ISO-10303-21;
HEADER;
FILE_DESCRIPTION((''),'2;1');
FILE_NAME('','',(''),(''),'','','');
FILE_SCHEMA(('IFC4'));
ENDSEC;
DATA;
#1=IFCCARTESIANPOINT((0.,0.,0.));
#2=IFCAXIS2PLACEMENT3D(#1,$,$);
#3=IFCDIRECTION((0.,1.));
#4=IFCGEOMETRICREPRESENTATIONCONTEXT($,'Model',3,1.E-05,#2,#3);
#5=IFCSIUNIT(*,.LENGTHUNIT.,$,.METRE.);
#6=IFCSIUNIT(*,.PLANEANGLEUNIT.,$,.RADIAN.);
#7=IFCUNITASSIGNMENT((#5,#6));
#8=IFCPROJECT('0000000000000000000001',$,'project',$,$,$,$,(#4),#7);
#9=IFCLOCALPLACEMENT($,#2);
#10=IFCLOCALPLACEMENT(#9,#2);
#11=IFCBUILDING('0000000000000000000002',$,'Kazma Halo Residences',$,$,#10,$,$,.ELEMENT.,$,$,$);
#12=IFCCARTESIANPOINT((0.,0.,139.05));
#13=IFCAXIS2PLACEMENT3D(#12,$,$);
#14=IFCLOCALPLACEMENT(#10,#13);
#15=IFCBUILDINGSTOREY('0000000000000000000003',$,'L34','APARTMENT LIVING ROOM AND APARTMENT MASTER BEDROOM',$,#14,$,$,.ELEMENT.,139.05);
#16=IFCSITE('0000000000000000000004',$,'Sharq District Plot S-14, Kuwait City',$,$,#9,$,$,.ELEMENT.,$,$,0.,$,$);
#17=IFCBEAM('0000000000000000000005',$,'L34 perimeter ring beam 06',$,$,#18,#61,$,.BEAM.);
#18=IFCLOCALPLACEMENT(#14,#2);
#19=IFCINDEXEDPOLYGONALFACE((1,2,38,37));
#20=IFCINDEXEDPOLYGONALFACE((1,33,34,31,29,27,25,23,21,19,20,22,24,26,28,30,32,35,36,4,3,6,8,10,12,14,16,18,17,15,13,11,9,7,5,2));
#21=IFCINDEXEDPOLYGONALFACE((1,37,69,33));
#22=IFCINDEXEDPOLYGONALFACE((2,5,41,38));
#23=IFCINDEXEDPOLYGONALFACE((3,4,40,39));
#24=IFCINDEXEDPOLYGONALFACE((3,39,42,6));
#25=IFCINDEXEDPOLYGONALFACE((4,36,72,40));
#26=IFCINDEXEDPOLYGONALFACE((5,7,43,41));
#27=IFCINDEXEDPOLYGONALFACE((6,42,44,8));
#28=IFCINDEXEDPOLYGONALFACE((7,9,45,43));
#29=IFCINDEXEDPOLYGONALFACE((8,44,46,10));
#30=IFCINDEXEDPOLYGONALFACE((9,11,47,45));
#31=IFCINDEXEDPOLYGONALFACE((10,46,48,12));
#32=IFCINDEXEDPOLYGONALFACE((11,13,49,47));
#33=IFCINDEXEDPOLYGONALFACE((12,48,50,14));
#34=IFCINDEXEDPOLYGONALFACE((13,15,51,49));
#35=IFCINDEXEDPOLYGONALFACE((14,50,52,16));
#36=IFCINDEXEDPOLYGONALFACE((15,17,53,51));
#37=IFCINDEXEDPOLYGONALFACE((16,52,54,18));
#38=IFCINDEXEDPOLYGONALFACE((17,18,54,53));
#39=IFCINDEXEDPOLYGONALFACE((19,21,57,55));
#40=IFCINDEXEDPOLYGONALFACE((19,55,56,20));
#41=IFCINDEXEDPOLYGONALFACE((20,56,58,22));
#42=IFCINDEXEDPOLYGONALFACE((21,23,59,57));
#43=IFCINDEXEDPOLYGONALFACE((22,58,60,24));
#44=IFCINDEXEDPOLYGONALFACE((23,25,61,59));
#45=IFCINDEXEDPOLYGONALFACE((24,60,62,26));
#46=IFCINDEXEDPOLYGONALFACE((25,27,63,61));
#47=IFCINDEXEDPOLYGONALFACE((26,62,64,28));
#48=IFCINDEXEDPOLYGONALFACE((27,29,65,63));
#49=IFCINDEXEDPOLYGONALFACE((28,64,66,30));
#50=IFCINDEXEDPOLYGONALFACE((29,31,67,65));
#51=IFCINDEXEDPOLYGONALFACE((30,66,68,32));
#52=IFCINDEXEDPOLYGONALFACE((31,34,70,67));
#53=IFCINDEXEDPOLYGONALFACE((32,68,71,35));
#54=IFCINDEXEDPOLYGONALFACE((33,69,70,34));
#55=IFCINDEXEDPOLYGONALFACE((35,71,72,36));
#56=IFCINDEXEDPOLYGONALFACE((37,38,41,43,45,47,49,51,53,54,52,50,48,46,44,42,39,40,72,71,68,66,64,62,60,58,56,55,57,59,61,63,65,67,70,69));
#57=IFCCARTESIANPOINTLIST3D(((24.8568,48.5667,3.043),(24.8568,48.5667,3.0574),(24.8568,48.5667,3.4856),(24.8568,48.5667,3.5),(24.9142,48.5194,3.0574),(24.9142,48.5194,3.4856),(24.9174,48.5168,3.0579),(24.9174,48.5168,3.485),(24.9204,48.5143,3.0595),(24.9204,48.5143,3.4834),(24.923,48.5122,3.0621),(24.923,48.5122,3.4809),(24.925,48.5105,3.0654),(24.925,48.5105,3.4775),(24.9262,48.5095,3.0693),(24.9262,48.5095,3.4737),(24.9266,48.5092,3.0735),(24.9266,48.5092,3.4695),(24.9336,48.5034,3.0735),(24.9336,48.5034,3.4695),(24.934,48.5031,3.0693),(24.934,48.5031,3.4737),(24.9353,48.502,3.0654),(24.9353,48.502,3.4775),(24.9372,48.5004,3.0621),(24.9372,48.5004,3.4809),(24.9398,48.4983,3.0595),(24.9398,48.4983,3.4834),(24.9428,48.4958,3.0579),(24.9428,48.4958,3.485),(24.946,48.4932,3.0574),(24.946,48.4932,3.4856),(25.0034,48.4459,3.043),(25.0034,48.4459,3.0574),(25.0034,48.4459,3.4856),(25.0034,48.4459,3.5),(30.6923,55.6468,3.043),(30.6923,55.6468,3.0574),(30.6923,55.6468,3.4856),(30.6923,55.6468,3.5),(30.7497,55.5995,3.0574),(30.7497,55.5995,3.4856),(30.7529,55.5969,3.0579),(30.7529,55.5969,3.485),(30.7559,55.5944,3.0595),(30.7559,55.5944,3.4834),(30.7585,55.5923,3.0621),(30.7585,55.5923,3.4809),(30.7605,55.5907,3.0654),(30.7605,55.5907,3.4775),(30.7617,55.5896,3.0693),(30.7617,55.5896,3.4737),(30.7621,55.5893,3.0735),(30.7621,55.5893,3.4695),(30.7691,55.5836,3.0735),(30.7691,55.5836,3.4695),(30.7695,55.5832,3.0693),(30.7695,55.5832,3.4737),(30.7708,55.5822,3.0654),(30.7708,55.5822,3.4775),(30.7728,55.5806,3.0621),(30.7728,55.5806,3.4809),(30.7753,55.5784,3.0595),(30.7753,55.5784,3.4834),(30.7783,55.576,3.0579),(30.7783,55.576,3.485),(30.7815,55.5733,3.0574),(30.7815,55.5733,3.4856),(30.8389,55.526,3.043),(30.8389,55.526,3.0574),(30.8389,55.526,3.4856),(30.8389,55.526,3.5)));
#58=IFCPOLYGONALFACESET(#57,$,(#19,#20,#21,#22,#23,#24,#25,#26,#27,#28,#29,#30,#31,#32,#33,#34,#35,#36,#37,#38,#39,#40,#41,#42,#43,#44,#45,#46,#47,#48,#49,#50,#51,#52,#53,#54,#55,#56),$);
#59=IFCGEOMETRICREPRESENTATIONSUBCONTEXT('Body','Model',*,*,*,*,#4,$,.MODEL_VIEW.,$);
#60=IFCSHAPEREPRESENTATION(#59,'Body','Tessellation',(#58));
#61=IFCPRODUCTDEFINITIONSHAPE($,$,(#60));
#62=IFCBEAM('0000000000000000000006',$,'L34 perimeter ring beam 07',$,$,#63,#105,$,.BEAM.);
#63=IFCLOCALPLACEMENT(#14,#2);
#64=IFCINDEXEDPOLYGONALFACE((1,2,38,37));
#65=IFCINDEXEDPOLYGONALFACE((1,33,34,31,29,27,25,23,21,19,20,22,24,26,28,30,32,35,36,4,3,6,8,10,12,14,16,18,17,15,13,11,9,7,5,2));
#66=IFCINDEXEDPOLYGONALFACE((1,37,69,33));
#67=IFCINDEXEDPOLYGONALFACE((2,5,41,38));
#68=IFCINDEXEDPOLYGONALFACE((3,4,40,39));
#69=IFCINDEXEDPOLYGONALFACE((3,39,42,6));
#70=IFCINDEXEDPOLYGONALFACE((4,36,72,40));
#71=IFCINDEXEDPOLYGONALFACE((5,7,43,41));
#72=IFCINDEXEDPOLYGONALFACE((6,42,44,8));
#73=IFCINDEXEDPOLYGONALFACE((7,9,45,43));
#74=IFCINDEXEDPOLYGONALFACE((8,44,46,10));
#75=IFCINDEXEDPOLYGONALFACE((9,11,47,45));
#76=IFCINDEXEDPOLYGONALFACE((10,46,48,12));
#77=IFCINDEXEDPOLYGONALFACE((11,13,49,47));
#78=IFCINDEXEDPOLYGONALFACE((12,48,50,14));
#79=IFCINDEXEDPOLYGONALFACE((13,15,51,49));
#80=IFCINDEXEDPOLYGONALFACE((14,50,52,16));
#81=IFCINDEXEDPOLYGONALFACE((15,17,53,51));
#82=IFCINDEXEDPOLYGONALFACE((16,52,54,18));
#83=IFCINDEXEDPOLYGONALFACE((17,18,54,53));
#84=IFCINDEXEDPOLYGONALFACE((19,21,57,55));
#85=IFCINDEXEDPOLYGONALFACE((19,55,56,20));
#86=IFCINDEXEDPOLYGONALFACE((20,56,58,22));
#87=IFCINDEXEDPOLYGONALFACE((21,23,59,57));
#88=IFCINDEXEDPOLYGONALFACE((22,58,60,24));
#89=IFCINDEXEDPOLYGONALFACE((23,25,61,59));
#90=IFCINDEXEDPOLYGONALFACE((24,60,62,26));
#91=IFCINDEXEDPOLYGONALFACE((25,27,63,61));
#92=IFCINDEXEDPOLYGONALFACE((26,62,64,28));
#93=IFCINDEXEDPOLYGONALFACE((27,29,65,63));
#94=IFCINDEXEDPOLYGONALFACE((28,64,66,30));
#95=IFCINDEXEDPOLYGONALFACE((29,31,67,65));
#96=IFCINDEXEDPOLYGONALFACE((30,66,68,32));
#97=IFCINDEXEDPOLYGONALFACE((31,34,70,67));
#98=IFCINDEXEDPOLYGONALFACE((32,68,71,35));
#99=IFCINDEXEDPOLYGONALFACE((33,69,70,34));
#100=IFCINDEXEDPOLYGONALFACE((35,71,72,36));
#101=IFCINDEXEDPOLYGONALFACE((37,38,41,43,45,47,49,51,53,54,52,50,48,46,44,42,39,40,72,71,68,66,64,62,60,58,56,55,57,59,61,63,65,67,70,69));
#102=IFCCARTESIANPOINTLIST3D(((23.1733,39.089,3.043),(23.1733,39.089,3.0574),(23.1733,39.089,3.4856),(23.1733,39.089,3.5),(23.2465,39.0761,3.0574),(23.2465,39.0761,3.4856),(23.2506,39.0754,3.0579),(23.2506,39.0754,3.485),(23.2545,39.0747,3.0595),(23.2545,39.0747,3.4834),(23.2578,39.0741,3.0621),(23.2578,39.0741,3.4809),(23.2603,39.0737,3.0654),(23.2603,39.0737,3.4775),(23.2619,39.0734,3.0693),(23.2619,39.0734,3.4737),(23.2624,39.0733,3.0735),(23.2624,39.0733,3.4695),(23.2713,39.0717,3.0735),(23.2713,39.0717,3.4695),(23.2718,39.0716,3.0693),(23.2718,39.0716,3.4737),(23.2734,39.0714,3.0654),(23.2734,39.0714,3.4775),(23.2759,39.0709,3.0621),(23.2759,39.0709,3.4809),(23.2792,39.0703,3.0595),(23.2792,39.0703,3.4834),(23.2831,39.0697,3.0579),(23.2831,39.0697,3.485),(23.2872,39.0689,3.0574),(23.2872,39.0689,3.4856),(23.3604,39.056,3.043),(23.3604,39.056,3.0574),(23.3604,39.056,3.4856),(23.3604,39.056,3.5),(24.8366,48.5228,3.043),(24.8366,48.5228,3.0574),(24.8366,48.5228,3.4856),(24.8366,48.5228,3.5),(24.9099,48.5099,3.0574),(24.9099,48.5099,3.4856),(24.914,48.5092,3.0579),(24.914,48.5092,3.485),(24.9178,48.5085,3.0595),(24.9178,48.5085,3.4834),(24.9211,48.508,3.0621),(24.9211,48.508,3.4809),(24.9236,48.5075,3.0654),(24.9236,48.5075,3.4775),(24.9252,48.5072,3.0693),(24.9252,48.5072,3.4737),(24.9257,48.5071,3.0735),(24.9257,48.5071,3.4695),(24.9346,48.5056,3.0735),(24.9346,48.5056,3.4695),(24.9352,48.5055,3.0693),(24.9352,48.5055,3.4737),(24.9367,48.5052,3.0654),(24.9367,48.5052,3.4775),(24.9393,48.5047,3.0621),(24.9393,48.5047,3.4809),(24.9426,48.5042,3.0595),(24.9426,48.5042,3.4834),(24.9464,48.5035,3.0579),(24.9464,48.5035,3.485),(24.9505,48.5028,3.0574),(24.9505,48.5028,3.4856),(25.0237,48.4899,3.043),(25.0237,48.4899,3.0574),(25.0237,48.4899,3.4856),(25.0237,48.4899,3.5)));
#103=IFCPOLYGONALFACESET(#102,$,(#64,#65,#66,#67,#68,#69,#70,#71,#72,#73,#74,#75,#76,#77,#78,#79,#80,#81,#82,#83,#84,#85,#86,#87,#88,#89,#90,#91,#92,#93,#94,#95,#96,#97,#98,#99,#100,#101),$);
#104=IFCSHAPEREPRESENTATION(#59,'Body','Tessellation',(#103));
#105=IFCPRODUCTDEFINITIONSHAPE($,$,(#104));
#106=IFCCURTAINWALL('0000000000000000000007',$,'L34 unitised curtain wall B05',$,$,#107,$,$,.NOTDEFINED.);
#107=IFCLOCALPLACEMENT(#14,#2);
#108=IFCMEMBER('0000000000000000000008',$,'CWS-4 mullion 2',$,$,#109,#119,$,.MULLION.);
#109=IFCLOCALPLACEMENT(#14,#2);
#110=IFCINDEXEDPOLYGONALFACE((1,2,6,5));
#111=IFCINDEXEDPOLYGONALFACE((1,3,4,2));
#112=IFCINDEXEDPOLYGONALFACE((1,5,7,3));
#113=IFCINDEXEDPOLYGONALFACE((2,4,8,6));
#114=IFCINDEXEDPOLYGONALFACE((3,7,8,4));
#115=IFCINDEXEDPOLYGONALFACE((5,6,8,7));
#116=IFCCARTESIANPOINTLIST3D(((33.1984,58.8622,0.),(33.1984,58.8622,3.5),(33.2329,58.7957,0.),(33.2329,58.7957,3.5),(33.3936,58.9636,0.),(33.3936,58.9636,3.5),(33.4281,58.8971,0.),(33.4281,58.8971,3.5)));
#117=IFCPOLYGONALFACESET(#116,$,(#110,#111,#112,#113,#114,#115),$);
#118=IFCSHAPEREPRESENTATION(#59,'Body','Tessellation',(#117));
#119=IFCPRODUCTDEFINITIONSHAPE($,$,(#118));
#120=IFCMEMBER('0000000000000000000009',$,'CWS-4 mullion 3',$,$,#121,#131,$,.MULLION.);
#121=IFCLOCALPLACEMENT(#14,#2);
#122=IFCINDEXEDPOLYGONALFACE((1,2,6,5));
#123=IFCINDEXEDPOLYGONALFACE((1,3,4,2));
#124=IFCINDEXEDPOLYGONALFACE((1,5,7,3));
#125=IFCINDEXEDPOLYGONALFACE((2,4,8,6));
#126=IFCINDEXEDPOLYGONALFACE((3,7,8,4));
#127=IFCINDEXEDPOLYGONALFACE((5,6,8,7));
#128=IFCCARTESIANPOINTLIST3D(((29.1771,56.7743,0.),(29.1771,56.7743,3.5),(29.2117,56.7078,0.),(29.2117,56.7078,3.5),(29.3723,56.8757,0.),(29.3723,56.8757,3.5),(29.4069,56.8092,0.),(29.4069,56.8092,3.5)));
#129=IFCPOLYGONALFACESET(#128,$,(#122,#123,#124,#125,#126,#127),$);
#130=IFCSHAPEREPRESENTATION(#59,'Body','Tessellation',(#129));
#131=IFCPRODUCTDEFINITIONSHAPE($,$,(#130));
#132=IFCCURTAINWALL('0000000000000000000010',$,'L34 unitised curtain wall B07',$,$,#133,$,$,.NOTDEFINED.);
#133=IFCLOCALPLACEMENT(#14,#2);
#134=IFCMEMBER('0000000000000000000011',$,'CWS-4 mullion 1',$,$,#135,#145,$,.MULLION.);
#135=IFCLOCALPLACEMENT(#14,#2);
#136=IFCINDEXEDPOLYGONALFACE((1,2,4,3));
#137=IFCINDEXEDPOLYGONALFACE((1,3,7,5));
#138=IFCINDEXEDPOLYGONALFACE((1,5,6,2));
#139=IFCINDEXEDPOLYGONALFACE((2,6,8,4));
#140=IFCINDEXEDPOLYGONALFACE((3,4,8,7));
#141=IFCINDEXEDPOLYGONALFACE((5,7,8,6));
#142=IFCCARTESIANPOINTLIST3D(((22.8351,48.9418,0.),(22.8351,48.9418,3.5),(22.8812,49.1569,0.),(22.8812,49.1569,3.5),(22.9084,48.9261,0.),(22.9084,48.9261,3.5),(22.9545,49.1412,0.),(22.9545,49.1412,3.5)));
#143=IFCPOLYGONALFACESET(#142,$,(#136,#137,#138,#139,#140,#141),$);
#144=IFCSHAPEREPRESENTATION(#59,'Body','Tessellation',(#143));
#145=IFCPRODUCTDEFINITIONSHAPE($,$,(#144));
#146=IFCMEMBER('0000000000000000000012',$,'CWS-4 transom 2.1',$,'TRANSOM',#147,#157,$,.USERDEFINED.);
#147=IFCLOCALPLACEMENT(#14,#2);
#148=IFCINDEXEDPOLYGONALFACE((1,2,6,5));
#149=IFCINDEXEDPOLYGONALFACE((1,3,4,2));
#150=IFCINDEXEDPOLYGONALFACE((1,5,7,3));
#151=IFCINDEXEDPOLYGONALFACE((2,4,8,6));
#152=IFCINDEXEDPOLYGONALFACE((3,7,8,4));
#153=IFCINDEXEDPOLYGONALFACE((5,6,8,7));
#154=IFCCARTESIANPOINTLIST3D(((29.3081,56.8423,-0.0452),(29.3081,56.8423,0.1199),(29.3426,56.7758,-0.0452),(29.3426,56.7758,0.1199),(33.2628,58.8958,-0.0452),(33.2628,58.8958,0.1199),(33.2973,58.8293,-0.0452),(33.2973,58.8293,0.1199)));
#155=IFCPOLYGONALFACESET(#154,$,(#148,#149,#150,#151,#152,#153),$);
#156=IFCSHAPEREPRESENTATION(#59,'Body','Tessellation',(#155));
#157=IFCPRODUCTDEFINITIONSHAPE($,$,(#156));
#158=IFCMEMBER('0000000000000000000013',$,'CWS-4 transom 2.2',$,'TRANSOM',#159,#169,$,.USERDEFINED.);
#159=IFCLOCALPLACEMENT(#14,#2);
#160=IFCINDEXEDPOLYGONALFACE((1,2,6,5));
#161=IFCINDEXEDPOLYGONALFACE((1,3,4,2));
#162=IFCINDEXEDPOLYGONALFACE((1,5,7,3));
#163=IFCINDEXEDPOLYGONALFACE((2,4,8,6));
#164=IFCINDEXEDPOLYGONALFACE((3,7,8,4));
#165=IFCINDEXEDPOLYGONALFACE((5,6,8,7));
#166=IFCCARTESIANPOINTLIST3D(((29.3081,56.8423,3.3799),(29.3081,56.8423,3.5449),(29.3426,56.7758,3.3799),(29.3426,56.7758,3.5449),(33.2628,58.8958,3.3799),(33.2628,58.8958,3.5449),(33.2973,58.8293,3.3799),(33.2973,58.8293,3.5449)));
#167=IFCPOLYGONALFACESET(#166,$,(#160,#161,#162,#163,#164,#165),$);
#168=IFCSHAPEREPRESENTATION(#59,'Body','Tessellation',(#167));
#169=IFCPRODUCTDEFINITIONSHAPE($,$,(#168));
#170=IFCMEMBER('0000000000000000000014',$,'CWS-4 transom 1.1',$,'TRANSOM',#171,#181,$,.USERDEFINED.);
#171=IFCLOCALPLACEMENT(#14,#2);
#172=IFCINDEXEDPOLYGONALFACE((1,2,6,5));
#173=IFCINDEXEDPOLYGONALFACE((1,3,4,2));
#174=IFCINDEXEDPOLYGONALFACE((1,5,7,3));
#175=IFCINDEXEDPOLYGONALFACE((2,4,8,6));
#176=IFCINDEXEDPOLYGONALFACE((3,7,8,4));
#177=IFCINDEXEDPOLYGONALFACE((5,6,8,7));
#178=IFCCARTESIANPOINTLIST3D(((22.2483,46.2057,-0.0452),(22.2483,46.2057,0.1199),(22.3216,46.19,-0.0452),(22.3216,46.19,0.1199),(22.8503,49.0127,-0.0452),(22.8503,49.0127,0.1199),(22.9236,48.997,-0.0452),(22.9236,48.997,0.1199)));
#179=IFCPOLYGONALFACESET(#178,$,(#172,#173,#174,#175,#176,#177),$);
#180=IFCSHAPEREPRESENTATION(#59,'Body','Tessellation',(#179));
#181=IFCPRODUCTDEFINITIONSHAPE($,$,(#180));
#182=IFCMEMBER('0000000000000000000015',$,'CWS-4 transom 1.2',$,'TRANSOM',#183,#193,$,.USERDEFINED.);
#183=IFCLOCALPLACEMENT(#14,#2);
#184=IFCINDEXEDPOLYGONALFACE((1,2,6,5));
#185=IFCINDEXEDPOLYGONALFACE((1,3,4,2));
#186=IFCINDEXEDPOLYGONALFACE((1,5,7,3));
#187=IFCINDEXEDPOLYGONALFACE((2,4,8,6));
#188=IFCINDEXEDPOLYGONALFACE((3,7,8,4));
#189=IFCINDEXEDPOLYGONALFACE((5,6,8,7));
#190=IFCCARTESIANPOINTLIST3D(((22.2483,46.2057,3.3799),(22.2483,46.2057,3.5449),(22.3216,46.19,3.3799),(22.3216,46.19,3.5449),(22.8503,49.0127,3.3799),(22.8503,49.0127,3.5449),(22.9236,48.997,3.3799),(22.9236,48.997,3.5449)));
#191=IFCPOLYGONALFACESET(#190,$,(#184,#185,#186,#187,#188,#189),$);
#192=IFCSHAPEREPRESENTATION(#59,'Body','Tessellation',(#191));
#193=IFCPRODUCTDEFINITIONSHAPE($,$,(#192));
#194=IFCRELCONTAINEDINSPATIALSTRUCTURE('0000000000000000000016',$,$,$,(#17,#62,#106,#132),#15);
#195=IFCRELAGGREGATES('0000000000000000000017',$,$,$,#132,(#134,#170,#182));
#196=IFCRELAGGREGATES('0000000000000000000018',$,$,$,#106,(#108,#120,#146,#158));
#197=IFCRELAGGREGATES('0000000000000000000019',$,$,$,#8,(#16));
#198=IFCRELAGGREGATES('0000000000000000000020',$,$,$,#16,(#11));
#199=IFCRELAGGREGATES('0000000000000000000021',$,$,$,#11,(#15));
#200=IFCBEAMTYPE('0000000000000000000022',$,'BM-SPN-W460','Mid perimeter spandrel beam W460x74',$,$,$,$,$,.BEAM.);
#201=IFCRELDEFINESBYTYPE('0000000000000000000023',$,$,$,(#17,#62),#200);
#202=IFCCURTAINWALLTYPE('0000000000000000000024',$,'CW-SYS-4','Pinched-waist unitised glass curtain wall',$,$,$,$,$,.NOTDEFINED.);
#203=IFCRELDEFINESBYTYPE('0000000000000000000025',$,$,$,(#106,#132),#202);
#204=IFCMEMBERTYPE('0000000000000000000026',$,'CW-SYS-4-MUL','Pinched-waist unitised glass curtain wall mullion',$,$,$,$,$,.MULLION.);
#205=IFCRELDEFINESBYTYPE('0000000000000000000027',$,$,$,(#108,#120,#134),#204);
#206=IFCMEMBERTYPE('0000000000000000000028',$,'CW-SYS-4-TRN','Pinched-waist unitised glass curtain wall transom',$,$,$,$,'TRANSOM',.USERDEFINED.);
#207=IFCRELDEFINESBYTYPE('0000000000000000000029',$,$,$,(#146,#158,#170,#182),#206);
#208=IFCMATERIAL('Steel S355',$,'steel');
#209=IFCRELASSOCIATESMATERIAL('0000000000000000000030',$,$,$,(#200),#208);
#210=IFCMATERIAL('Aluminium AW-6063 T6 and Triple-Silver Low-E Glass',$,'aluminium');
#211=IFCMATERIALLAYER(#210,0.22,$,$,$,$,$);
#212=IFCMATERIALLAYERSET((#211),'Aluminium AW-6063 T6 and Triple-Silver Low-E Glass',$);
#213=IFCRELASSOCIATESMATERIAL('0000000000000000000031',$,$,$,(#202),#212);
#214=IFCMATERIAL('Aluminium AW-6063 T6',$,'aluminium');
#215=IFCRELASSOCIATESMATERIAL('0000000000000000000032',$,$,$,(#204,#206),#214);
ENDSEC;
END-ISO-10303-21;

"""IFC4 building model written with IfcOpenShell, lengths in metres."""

from ifc_helpers import new_model, si_unit, direction, frame, origin, origin_2d, place, context, subcontext, project, spatial, rectangle, i_section, extrude, material, layer, layer_set, material_profile, profile_set, type_object, element, aggregate, save


model = new_model("IFC4")

# Units and contexts
model_context = context("Model", 3, precision=1e-05, world=origin(), true_north=direction((0.0, 1.0)))
body_context = subcontext(model_context, "Body", "Model", "MODEL_VIEW")
ifc_project = project(units=[si_unit("LENGTHUNIT", "METRE"), si_unit("PLANEANGLEUNIT", "RADIAN")], contexts=[model_context])

# Site, building, storey
site_placement = place(None, origin())
site = spatial("IfcSite", under=ifc_project, at=site_placement, Name="Sharq District Plot S-14, Kuwait City", CompositionType="ELEMENT", RefElevation=0.0)
building_placement = place(site_placement, origin())
building = spatial("IfcBuilding", under=site, at=building_placement, Name="Kazma Halo Residences", CompositionType="ELEMENT")
storey_placement = place(building_placement, frame((0.0, 0.0, 139.05)))
storey = spatial("IfcBuildingStorey", under=building, at=storey_placement, Name="L34", Description="APARTMENT LIVING ROOM AND APARTMENT MASTER BEDROOM", CompositionType="ELEMENT", Elevation=139.05)

# Beams
ifc_material_1 = material(Name="Steel S355", Category="steel")
ifc_material_profile_1 = material_profile(ifc_material_1, i_section(OverallWidth=0.1899, OverallDepth=0.457, WebThickness=0.009, FlangeThickness=0.0144, FilletRadius=0.0161, at=origin_2d()), Name="W460x74")
ifc_profile_set_1 = profile_set([ifc_material_profile_1], Name="Steel S355")
beam_type_1 = type_object("IfcBeamType", Name="BM-SPN-W460", Description="Mid perimeter spandrel beam W460x74", PredefinedType="BEAM", material=ifc_profile_set_1)
beam_1_placement = place(storey_placement, frame((30.7656, 55.5864, 3.2715), z_axis=(-0.636019, -0.771674, 0.0), x_axis=(0.771674, -0.636019, 0.0)))
element("IfcBeam", 1, at=beam_1_placement, inside=storey, type_object=beam_type_1, Name="L34 perimeter ring beam 06", PredefinedType="BEAM", context=body_context, shape_type="SweptSolid", body=[
    extrude(i_section(OverallWidth=0.1899, OverallDepth=0.457, WebThickness=0.009, FlangeThickness=0.0144, FilletRadius=0.0161, at=origin_2d()), origin(), (0.0, 0.0, 1.0), 9.175),
])
beam_2_placement = place(storey_placement, frame((24.9302, 48.5063, 3.2715), z_axis=(-0.173637, -0.98481, 0.0), x_axis=(0.98481, -0.173637, 0.0)))
element("IfcBeam", 2, at=beam_2_placement, inside=storey, type_object=beam_type_1, Name="L34 perimeter ring beam 07", PredefinedType="BEAM", context=body_context, shape_type="SweptSolid", body=[
    extrude(i_section(OverallWidth=0.1899, OverallDepth=0.457, WebThickness=0.009, FlangeThickness=0.0144, FilletRadius=0.0161, at=origin_2d()), origin(), (0.0, 0.0, 1.0), 9.5793),
])

# Curtain wall, members
ifc_material_2 = material(Name="Aluminium AW-6063 T6 and Triple-Silver Low-E Glass", Category="aluminium")
ifc_layer_1 = layer(ifc_material_2, 0.22)
ifc_layer_set_1 = layer_set([ifc_layer_1], Name="Aluminium AW-6063 T6 and Triple-Silver Low-E Glass")
curtain_wall_type = type_object("IfcCurtainWallType", Name="CW-SYS-4", Description="Pinched-waist unitised glass curtain wall", PredefinedType="NOTDEFINED", material=ifc_layer_set_1)
curtain_wall_1_placement = place(storey_placement, origin())
curtain_wall_1 = element("IfcCurtainWall", 3, at=curtain_wall_1_placement, inside=storey, type_object=curtain_wall_type, Name="L34 unitised curtain wall B05", PredefinedType="NOTDEFINED")
ifc_material_3 = material(Name="Aluminium AW-6063 T6", Category="aluminium")
ifc_material_profile_2 = material_profile(ifc_material_3, rectangle(XDim=0.075, YDim=0.22, at=origin_2d()), Name="CWM-75x220")
ifc_profile_set_2 = profile_set([ifc_material_profile_2], Name="Aluminium AW-6063 T6")
member_type_1 = type_object("IfcMemberType", Name="CW-SYS-4-MUL", Description="Pinched-waist unitised glass curtain wall mullion", PredefinedType="MULLION", material=ifc_profile_set_2)
member_1_placement = place(storey_placement, frame((33.3132, 58.8796, 0.0), z_axis=(0.0, 0.0, 1.0), x_axis=(0.460837, -0.887485, 0.0)))
member_1 = element("IfcMember", 4, at=member_1_placement, type_object=member_type_1, Name="CWS-4 mullion 2", PredefinedType="MULLION", context=body_context, shape_type="SweptSolid", body=[
    extrude(rectangle(XDim=0.075, YDim=0.22, at=origin_2d()), origin(), (0.0, 0.0, 1.0), 3.5),
])
member_2_placement = place(storey_placement, frame((29.292, 56.7917, 0.0), z_axis=(0.0, 0.0, 1.0), x_axis=(0.460837, -0.887485, 0.0)))
member_2 = element("IfcMember", 5, at=member_2_placement, type_object=member_type_1, Name="CWS-4 mullion 3", PredefinedType="MULLION", context=body_context, shape_type="SweptSolid", body=[
    extrude(rectangle(XDim=0.075, YDim=0.22, at=origin_2d()), origin(), (0.0, 0.0, 1.0), 3.5),
])

# Curtain wall, member
curtain_wall_2_placement = place(storey_placement, origin())
curtain_wall_2 = element("IfcCurtainWall", 6, at=curtain_wall_2_placement, inside=storey, type_object=curtain_wall_type, Name="L34 unitised curtain wall B07", PredefinedType="NOTDEFINED")
member_3_placement = place(storey_placement, frame((22.8948, 49.0415, 0.0), z_axis=(0.0, 0.0, 1.0), x_axis=(0.977765, -0.209704, 0.0)))
member_3 = element("IfcMember", 7, at=member_3_placement, type_object=member_type_1, Name="CWS-4 mullion 1", PredefinedType="MULLION", context=body_context, shape_type="SweptSolid", body=[
    extrude(rectangle(XDim=0.075, YDim=0.22, at=origin_2d()), origin(), (0.0, 0.0, 1.0), 3.5),
])

# Members
ifc_material_profile_3 = material_profile(ifc_material_3, rectangle(XDim=0.075, YDim=0.165, at=origin_2d()), Name="CWT-75x165")
ifc_profile_set_3 = profile_set([ifc_material_profile_3], Name="Aluminium AW-6063 T6")
member_type_2 = type_object("IfcMemberType", Name="CW-SYS-4-TRN", Description="Pinched-waist unitised glass curtain wall transom", ElementType="TRANSOM", PredefinedType="USERDEFINED", material=ifc_profile_set_3)
member_4_placement = place(storey_placement, frame((33.28, 58.8625, 0.0374), z_axis=(-0.887485, -0.460837, 0.0), x_axis=(0.460837, -0.887485, 0.0)))
member_4 = element("IfcMember", 8, at=member_4_placement, type_object=member_type_2, Name="CWS-4 transom 2.1", ObjectType="TRANSOM", PredefinedType="USERDEFINED", context=body_context, shape_type="SweptSolid", body=[
    extrude(rectangle(XDim=0.075, YDim=0.165, at=origin_2d()), origin(), (0.0, 0.0, 1.0), 4.4561),
])
member_5_placement = place(storey_placement, frame((33.28, 58.8625, 3.4624), z_axis=(-0.887485, -0.460837, 0.0), x_axis=(0.460837, -0.887485, 0.0)))
member_5 = element("IfcMember", 9, at=member_5_placement, type_object=member_type_2, Name="CWS-4 transom 2.2", ObjectType="TRANSOM", PredefinedType="USERDEFINED", context=body_context, shape_type="SweptSolid", body=[
    extrude(rectangle(XDim=0.075, YDim=0.165, at=origin_2d()), origin(), (0.0, 0.0, 1.0), 4.4561),
])
member_6_placement = place(storey_placement, frame((22.887, 49.0049, 0.0374), z_axis=(-0.209703, -0.977765, 0.0), x_axis=(0.977765, -0.209703, 0.0)))
member_6 = element("IfcMember", 10, at=member_6_placement, type_object=member_type_2, Name="CWS-4 transom 1.1", ObjectType="TRANSOM", PredefinedType="USERDEFINED", context=body_context, shape_type="SweptSolid", body=[
    extrude(rectangle(XDim=0.075, YDim=0.165, at=origin_2d()), origin(), (0.0, 0.0, 1.0), 2.8708),
])
member_7_placement = place(storey_placement, frame((22.887, 49.0049, 3.4624), z_axis=(-0.209703, -0.977765, 0.0), x_axis=(0.977765, -0.209703, 0.0)))
member_7 = element("IfcMember", 11, at=member_7_placement, type_object=member_type_2, Name="CWS-4 transom 1.2", ObjectType="TRANSOM", PredefinedType="USERDEFINED", context=body_context, shape_type="SweptSolid", body=[
    extrude(rectangle(XDim=0.075, YDim=0.165, at=origin_2d()), origin(), (0.0, 0.0, 1.0), 2.8708),
])
aggregate(curtain_wall_2, [member_3, member_6, member_7])

aggregate(curtain_wall_1, [member_1, member_2, member_4, member_5])

save(model, "model.ifc")
